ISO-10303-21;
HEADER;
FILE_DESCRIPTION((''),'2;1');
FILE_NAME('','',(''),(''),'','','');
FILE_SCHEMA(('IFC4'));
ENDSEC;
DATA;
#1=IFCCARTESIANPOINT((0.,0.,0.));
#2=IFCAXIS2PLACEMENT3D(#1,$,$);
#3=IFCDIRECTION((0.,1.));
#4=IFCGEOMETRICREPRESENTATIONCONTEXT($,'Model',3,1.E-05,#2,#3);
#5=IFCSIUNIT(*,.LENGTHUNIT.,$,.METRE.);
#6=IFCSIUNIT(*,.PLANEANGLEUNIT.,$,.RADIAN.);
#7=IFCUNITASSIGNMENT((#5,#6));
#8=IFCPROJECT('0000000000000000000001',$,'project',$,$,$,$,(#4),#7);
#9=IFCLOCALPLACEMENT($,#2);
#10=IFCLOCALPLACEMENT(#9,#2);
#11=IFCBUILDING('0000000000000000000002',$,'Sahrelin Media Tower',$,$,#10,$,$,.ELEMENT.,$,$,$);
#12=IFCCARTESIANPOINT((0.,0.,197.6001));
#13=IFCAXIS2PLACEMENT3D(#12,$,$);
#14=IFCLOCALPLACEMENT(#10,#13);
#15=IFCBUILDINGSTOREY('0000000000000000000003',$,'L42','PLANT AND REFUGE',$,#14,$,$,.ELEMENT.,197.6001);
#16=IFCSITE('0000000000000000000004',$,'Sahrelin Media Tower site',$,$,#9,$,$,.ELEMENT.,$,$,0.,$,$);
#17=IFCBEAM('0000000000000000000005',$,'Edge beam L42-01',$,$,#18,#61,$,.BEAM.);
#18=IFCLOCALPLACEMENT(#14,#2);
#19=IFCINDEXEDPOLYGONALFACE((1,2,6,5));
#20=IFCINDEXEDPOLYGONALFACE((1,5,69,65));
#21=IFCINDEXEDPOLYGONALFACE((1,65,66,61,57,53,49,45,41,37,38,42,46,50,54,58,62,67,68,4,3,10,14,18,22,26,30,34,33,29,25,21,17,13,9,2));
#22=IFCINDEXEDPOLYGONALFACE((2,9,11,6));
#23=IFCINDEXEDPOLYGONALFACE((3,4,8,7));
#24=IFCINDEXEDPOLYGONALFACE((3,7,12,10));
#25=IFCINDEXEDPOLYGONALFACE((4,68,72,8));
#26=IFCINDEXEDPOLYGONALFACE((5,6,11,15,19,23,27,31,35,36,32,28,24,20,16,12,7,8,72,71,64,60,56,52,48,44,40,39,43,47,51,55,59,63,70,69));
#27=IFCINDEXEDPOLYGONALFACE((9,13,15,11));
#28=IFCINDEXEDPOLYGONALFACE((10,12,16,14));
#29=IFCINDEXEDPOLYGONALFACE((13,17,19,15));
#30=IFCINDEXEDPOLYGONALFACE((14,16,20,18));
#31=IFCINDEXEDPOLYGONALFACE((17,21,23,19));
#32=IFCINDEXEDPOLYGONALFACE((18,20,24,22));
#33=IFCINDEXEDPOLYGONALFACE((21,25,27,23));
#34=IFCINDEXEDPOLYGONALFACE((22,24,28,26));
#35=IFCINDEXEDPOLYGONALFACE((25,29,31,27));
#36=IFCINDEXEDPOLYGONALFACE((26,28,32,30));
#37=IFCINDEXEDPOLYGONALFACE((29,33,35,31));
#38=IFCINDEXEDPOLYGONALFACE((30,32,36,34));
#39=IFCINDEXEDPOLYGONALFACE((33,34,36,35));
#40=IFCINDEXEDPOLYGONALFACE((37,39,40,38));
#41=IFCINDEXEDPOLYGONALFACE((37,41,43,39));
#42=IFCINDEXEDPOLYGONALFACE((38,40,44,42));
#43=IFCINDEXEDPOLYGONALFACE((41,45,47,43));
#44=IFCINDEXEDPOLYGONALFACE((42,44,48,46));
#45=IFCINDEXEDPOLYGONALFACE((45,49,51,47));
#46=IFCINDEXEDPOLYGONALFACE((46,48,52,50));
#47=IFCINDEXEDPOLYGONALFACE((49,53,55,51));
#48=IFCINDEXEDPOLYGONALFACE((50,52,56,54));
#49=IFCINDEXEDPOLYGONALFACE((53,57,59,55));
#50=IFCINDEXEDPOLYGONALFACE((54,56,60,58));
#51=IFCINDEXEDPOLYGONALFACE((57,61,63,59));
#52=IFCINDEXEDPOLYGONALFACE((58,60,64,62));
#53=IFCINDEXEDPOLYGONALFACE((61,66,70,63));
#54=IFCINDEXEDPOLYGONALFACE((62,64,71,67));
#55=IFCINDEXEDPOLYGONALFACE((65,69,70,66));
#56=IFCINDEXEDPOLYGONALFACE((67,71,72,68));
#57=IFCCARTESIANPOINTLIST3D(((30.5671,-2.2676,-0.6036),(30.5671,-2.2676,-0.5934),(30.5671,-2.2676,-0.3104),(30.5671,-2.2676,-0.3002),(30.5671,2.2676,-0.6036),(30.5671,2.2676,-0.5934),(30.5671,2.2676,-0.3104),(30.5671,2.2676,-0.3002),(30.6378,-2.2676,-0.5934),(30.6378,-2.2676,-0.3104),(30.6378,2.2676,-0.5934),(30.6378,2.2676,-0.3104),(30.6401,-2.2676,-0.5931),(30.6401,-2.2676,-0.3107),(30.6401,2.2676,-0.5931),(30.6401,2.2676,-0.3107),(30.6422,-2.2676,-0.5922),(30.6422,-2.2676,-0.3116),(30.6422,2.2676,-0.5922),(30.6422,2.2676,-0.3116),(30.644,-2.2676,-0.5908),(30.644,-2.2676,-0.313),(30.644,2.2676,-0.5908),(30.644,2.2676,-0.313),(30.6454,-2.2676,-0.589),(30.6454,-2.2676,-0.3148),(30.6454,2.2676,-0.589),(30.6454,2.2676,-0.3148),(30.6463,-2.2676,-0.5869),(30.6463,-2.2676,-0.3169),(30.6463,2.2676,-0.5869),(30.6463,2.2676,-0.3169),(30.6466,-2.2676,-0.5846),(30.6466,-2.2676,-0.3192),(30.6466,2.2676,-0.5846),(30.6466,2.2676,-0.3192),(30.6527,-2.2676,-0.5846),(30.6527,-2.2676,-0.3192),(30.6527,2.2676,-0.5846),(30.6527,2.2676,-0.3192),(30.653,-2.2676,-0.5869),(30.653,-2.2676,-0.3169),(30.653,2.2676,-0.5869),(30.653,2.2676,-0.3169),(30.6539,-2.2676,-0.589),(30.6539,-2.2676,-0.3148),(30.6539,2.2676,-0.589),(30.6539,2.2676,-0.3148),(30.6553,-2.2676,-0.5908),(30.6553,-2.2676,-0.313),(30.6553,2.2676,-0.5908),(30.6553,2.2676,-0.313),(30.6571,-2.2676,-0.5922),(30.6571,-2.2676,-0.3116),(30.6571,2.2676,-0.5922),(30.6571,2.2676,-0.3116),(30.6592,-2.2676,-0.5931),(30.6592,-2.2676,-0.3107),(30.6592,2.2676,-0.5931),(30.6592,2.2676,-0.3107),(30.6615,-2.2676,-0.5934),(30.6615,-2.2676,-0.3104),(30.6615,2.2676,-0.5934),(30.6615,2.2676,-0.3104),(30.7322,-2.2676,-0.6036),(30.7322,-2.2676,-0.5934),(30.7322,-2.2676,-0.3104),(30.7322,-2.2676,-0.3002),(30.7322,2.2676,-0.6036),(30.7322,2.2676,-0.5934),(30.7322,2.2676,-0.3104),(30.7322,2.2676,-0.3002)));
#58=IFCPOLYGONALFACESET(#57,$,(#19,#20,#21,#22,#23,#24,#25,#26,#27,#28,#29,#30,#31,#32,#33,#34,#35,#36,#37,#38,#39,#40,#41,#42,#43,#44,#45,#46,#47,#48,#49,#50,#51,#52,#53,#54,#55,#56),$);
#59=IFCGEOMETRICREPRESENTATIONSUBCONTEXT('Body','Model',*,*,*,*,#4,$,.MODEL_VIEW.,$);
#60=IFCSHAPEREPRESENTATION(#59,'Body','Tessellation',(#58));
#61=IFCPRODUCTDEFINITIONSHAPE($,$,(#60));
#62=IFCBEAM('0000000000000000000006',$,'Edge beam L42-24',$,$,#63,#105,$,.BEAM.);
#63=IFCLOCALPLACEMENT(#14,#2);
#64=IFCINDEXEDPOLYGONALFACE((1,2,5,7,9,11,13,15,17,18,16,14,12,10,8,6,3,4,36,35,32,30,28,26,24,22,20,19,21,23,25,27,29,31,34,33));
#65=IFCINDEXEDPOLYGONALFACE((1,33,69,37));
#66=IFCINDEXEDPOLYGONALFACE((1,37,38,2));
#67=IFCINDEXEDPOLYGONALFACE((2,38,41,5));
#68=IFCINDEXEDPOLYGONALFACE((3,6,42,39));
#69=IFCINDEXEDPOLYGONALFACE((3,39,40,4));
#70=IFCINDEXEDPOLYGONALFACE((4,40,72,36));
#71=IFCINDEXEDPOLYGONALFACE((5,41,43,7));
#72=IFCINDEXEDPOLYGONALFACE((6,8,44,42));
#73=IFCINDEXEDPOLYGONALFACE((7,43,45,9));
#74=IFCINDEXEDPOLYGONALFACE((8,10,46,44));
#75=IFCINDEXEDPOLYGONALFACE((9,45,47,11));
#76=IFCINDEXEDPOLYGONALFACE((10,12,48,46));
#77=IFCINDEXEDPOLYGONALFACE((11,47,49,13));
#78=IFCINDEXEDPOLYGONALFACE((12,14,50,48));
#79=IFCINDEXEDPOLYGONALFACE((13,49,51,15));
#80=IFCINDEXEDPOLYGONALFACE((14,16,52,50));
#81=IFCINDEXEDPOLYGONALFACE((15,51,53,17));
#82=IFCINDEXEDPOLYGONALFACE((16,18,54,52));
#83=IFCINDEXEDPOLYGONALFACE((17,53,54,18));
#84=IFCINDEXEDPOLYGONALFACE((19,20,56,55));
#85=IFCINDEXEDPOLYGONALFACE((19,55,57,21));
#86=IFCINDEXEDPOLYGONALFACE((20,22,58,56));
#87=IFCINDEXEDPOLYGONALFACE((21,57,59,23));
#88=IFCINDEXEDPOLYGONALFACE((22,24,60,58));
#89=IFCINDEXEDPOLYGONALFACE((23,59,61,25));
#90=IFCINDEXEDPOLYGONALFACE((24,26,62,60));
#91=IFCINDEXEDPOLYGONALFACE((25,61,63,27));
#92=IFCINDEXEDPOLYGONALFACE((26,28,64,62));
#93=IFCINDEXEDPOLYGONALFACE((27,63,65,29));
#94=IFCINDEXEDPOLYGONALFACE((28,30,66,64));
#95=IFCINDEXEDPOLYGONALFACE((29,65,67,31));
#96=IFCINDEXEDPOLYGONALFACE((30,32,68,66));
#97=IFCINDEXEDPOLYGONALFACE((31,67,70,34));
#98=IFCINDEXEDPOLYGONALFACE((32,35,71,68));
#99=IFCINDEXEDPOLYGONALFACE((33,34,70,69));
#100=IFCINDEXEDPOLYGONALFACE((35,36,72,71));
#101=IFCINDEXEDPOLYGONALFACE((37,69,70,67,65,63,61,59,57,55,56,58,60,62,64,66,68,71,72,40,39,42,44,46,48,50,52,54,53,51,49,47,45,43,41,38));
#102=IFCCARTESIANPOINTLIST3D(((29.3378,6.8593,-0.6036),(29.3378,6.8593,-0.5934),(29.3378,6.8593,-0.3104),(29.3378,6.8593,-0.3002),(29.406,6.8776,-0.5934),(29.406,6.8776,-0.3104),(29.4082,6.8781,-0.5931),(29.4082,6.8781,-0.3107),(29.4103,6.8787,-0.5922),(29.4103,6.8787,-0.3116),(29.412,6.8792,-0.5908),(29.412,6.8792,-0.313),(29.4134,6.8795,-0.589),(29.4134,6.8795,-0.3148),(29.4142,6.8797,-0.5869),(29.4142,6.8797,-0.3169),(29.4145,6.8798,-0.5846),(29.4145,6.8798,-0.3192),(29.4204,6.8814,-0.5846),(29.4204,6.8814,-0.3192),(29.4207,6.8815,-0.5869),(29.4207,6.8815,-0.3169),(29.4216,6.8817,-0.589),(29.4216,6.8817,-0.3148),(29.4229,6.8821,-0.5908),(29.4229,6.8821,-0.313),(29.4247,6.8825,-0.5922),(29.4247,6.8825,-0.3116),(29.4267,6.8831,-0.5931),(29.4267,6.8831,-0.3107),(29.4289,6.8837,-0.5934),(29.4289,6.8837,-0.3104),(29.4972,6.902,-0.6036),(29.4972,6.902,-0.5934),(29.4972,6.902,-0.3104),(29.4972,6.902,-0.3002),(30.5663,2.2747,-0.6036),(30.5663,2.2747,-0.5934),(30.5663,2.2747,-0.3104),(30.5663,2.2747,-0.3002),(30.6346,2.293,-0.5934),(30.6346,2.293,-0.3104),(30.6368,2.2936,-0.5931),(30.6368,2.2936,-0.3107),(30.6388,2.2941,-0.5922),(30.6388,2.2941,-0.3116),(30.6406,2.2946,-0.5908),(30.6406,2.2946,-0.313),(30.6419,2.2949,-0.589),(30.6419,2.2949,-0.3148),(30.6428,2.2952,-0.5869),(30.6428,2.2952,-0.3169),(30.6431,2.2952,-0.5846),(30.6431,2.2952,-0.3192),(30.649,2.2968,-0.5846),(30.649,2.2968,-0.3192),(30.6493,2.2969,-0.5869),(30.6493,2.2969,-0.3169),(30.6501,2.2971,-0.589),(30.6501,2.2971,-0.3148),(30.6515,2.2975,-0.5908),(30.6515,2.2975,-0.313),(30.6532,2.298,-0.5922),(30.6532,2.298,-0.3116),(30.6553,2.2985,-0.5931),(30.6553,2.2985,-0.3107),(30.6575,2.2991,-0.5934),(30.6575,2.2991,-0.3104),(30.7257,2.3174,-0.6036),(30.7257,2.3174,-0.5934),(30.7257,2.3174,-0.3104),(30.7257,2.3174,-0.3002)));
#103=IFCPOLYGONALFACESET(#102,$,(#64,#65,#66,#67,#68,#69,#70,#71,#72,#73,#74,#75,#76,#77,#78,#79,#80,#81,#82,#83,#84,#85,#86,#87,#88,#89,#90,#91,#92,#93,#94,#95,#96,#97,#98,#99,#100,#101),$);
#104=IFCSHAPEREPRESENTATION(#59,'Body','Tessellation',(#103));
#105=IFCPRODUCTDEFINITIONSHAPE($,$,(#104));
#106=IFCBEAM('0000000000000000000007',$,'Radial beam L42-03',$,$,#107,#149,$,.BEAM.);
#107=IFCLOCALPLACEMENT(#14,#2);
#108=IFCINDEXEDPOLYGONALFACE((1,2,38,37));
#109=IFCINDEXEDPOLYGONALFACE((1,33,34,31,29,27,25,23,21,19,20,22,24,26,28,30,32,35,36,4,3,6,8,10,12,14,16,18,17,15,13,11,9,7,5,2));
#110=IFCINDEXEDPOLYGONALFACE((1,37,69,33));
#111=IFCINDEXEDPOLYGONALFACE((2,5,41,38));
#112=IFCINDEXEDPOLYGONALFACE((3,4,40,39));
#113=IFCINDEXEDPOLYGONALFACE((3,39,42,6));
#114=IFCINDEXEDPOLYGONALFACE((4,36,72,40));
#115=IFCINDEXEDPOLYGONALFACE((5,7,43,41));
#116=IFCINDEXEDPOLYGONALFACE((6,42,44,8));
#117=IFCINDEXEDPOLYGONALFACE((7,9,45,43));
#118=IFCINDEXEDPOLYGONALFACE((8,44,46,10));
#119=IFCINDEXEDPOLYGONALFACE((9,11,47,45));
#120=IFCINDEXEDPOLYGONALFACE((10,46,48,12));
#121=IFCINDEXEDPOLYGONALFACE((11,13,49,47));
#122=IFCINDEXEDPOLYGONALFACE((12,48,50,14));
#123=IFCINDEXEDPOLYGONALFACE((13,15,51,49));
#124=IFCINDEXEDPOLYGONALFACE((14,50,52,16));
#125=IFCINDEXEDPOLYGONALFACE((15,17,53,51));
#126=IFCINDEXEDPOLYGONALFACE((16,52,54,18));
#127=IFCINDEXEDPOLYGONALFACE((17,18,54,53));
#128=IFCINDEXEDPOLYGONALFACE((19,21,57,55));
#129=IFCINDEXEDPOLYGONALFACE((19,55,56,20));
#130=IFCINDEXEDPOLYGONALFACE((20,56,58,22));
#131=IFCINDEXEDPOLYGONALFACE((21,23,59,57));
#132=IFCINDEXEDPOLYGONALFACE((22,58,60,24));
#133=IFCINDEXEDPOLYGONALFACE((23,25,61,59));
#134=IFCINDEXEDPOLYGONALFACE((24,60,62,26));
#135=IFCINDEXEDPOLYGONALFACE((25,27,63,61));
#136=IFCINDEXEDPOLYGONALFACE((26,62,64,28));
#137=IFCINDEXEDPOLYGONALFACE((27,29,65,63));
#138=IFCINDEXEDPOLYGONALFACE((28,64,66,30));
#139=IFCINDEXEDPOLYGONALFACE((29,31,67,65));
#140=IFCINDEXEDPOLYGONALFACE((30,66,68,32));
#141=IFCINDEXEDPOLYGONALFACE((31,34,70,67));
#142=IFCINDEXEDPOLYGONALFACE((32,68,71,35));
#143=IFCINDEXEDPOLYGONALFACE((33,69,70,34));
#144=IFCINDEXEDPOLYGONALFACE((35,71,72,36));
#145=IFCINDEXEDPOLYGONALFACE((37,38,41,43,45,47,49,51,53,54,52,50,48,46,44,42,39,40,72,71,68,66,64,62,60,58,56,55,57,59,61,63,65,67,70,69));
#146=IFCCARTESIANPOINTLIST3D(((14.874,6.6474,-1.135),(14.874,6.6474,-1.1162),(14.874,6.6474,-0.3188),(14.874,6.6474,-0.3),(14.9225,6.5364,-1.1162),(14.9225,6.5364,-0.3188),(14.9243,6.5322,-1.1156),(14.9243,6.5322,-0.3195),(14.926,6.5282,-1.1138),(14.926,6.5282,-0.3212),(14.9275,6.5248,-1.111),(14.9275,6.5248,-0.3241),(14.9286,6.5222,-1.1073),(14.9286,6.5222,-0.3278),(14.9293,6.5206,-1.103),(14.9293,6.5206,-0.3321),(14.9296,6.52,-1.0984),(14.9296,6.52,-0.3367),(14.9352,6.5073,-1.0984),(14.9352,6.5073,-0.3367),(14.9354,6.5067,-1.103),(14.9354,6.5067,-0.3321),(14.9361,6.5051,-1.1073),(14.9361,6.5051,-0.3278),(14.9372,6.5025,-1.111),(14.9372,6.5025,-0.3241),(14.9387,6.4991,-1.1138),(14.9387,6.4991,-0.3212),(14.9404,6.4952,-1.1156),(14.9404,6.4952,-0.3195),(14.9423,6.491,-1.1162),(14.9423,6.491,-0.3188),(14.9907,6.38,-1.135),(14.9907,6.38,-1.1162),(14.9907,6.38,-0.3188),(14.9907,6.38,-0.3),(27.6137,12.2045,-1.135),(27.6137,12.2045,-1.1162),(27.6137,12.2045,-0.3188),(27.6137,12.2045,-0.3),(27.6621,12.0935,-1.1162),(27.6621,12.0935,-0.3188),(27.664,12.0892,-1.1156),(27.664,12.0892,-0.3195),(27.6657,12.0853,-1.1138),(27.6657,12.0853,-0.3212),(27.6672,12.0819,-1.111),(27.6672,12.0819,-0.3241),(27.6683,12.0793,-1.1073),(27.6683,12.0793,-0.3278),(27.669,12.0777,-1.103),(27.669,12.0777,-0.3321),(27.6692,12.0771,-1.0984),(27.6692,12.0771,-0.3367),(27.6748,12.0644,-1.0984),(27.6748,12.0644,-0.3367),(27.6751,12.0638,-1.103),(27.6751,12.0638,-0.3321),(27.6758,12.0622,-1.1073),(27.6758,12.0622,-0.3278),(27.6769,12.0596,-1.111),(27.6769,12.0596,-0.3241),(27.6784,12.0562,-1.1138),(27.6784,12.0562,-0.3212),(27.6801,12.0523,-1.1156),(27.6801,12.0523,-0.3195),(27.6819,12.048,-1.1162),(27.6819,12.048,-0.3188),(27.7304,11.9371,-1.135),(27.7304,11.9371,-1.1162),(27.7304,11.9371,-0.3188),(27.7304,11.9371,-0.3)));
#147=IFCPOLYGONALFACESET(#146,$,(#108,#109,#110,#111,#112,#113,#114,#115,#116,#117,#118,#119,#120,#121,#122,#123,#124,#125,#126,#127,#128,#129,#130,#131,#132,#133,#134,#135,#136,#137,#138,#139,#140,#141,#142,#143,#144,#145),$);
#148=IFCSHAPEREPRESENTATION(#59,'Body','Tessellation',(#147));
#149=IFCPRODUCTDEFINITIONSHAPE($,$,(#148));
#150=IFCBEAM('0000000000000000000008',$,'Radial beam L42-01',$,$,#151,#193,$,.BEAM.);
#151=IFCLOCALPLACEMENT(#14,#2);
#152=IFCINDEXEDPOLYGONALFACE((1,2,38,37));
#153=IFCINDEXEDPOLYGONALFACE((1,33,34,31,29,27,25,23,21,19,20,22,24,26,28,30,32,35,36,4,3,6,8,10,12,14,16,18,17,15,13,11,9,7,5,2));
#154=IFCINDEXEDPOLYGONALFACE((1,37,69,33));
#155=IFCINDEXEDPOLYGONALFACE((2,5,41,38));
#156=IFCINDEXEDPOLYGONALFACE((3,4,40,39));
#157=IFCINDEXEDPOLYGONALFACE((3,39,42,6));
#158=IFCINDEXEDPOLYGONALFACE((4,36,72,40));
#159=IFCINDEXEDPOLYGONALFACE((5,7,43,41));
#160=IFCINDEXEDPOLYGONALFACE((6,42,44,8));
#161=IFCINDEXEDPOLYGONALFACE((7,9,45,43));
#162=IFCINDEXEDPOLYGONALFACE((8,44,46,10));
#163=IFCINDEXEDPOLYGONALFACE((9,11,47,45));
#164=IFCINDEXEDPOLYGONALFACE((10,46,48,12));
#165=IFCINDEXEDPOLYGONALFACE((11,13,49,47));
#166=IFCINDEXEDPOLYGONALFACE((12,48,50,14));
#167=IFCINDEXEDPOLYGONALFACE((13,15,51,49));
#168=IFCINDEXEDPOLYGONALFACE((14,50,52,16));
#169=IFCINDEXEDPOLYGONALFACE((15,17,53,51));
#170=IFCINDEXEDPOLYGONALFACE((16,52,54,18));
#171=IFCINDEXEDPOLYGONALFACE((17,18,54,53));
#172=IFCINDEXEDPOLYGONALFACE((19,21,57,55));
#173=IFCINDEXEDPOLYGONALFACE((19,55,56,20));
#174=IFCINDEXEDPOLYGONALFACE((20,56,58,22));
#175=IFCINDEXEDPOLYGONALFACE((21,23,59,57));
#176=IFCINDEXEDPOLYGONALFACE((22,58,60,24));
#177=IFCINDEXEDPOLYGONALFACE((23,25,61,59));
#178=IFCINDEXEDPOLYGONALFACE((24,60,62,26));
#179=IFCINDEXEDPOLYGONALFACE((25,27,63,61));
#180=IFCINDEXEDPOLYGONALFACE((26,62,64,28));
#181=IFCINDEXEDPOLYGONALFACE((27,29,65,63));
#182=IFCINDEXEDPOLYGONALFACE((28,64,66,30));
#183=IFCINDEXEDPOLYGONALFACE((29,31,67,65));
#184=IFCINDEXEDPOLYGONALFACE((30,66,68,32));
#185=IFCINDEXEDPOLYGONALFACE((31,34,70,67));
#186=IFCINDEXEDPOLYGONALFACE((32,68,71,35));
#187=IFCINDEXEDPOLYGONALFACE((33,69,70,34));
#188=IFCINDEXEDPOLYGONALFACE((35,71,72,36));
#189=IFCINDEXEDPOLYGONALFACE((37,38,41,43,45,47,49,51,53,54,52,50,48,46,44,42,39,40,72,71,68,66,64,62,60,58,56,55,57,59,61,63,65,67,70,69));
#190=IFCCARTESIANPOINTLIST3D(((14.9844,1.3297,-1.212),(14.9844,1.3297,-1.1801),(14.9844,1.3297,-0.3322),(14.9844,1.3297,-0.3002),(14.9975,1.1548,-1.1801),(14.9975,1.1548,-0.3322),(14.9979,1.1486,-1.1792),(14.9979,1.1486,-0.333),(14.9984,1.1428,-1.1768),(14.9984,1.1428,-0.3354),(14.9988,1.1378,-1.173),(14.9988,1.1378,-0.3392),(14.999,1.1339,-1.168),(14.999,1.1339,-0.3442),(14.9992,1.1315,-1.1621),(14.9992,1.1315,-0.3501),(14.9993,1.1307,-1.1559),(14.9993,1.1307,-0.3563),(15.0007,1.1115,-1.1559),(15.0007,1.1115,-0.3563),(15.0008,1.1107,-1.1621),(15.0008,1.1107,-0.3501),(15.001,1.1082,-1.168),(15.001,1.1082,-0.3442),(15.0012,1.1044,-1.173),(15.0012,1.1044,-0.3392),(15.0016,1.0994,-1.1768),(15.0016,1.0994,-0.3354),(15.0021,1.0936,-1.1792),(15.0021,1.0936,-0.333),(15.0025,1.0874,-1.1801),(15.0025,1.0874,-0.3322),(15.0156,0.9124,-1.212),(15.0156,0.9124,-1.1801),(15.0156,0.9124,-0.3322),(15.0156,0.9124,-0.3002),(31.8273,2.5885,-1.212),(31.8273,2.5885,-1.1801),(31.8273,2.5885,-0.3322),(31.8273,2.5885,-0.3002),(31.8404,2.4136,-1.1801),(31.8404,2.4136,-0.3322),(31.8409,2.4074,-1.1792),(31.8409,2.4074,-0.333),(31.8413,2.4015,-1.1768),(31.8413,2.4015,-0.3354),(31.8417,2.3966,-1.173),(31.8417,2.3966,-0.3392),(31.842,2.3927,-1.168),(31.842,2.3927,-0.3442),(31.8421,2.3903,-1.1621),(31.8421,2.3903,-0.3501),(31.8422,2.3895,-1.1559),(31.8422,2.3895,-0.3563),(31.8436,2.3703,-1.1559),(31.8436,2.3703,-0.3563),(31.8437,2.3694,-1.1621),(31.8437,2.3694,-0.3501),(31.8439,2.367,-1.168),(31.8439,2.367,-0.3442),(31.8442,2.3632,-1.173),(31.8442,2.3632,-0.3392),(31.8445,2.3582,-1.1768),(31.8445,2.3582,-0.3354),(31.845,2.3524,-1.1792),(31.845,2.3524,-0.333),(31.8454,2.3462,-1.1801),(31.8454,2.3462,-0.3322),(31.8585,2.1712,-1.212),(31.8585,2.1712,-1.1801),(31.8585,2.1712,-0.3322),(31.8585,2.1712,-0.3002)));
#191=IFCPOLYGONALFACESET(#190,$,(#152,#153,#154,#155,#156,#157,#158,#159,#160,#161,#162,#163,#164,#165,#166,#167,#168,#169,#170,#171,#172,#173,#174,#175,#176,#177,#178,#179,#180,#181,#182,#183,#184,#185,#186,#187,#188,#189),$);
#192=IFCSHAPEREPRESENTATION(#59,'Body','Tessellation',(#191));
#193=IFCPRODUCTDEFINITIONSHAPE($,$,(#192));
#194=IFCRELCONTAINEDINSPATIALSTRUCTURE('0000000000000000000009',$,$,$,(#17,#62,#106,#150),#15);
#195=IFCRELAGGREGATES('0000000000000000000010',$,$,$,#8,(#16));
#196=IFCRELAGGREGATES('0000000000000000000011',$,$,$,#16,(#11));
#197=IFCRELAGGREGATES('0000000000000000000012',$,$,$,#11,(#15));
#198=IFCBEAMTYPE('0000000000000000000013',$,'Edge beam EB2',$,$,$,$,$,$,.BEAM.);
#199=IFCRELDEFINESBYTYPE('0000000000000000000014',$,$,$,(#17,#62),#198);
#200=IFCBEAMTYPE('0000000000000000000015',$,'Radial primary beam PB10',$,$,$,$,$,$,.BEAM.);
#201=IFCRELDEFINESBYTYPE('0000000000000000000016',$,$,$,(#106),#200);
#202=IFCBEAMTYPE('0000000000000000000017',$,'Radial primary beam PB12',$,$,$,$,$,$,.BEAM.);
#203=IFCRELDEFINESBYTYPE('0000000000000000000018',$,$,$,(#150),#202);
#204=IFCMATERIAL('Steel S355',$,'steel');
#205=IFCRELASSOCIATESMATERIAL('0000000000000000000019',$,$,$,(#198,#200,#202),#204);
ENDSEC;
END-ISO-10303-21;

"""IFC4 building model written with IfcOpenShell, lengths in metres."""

from ifc_helpers import new_model, si_unit, direction, frame, origin, origin_2d, place, context, subcontext, project, spatial, i_section, extrude, material, material_profile, profile_set, type_object, element, save


model = new_model("IFC4")

# Units and contexts
model_context = context("Model", 3, precision=1e-05, world=origin(), true_north=direction((0.0, 1.0)))
body_context = subcontext(model_context, "Body", "Model", "MODEL_VIEW")
ifc_project = project(units=[si_unit("LENGTHUNIT", "METRE"), si_unit("PLANEANGLEUNIT", "RADIAN")], contexts=[model_context])

# Site, building, storey
site_placement = place(None, origin())
site = spatial("IfcSite", under=ifc_project, at=site_placement, Name="Sahrelin Media Tower site", CompositionType="ELEMENT", RefElevation=0.0)
building_placement = place(site_placement, origin())
building = spatial("IfcBuilding", under=site, at=building_placement, Name="Sahrelin Media Tower", CompositionType="ELEMENT")
storey_placement = place(building_placement, frame((0.0, 0.0, 197.6001)))
storey = spatial("IfcBuildingStorey", under=building, at=storey_placement, Name="L42", Description="PLANT AND REFUGE", CompositionType="ELEMENT", Elevation=197.6001)

# Beams
ifc_material_1 = material(Name="Steel S355", Category="steel")
ifc_material_profile_1 = material_profile(ifc_material_1, i_section(OverallWidth=0.165, OverallDepth=0.3035, WebThickness=0.0061, FlangeThickness=0.0103, FilletRadius=0.0088, at=origin_2d()), Name="UB 305x165x40")
ifc_profile_set_1 = profile_set([ifc_material_profile_1], Name="Steel S355")
beam_type_1 = type_object("IfcBeamType", Name="Edge beam EB2", PredefinedType="BEAM", material=ifc_profile_set_1)
beam_1_placement = place(storey_placement, frame((30.6497, 2.2676, -0.4519), z_axis=(0.0, -1.0, 0.0), x_axis=(1.0, 0.0, 0.0)))
element("IfcBeam", 1, at=beam_1_placement, inside=storey, type_object=beam_type_1, Name="Edge beam L42-01", PredefinedType="BEAM", context=body_context, shape_type="SweptSolid", body=[
    extrude(i_section(OverallWidth=0.165, OverallDepth=0.3035, WebThickness=0.0061, FlangeThickness=0.0103, FilletRadius=0.0088, at=origin_2d()), origin(), (0.0, 0.0, 1.0), 4.5352),
])
beam_2_placement = place(storey_placement, frame((29.4175, 6.8806, -0.4519), z_axis=(0.258841, -0.96592, 0.0), x_axis=(0.96592, 0.258841, 0.0)))
element("IfcBeam", 2, at=beam_2_placement, inside=storey, type_object=beam_type_1, Name="Edge beam L42-24", PredefinedType="BEAM", context=body_context, shape_type="SweptSolid", body=[
    extrude(i_section(OverallWidth=0.165, OverallDepth=0.3035, WebThickness=0.0061, FlangeThickness=0.0103, FilletRadius=0.0088, at=origin_2d()), origin(), (0.0, 0.0, 1.0), 4.7463),
])
ifc_material_profile_2 = material_profile(ifc_material_1, i_section(OverallWidth=0.2917, OverallDepth=0.835, WebThickness=0.0139, FlangeThickness=0.0188, FilletRadius=0.0178, at=origin_2d()), Name="UB 838x292x176")
ifc_profile_set_2 = profile_set([ifc_material_profile_2], Name="Steel S355")
beam_type_2 = type_object("IfcBeamType", Name="Radial primary beam PB10", PredefinedType="BEAM", material=ifc_profile_set_2)
beam_3_placement = place(storey_placement, frame((14.9324, 6.5137, -0.7175), z_axis=(0.916593, 0.399822, 0.0), x_axis=(-0.399822, 0.916593, 0.0)))
element("IfcBeam", 3, at=beam_3_placement, inside=storey, type_object=beam_type_2, Name="Radial beam L42-03", PredefinedType="BEAM", context=body_context, shape_type="SweptSolid", body=[
    extrude(i_section(OverallWidth=0.2917, OverallDepth=0.835, WebThickness=0.0139, FlangeThickness=0.0188, FilletRadius=0.0178, at=origin_2d()), origin(), (0.0, 0.0, 1.0), 13.8989),
])
ifc_material_profile_3 = material_profile(ifc_material_1, i_section(OverallWidth=0.4185, OverallDepth=0.9119, WebThickness=0.0193, FlangeThickness=0.032, FilletRadius=0.0242, at=origin_2d()), Name="UB 914x419x343")
ifc_profile_set_3 = profile_set([ifc_material_profile_3], Name="Steel S355")
beam_type_3 = type_object("IfcBeamType", Name="Radial primary beam PB12", PredefinedType="BEAM", material=ifc_profile_set_3)
beam_4_placement = place(storey_placement, frame((15.0, 1.1211, -0.7561), z_axis=(0.997219, 0.074529, 0.0), x_axis=(-0.074529, 0.997219, 0.0)))
element("IfcBeam", 4, at=beam_4_placement, inside=storey, type_object=beam_type_3, Name="Radial beam L42-01", PredefinedType="BEAM", context=body_context, shape_type="SweptSolid", body=[
    extrude(i_section(OverallWidth=0.4185, OverallDepth=0.9119, WebThickness=0.0193, FlangeThickness=0.032, FilletRadius=0.0242, at=origin_2d()), origin(), (0.0, 0.0, 1.0), 16.8899),
])

save(model, "model.ifc")
